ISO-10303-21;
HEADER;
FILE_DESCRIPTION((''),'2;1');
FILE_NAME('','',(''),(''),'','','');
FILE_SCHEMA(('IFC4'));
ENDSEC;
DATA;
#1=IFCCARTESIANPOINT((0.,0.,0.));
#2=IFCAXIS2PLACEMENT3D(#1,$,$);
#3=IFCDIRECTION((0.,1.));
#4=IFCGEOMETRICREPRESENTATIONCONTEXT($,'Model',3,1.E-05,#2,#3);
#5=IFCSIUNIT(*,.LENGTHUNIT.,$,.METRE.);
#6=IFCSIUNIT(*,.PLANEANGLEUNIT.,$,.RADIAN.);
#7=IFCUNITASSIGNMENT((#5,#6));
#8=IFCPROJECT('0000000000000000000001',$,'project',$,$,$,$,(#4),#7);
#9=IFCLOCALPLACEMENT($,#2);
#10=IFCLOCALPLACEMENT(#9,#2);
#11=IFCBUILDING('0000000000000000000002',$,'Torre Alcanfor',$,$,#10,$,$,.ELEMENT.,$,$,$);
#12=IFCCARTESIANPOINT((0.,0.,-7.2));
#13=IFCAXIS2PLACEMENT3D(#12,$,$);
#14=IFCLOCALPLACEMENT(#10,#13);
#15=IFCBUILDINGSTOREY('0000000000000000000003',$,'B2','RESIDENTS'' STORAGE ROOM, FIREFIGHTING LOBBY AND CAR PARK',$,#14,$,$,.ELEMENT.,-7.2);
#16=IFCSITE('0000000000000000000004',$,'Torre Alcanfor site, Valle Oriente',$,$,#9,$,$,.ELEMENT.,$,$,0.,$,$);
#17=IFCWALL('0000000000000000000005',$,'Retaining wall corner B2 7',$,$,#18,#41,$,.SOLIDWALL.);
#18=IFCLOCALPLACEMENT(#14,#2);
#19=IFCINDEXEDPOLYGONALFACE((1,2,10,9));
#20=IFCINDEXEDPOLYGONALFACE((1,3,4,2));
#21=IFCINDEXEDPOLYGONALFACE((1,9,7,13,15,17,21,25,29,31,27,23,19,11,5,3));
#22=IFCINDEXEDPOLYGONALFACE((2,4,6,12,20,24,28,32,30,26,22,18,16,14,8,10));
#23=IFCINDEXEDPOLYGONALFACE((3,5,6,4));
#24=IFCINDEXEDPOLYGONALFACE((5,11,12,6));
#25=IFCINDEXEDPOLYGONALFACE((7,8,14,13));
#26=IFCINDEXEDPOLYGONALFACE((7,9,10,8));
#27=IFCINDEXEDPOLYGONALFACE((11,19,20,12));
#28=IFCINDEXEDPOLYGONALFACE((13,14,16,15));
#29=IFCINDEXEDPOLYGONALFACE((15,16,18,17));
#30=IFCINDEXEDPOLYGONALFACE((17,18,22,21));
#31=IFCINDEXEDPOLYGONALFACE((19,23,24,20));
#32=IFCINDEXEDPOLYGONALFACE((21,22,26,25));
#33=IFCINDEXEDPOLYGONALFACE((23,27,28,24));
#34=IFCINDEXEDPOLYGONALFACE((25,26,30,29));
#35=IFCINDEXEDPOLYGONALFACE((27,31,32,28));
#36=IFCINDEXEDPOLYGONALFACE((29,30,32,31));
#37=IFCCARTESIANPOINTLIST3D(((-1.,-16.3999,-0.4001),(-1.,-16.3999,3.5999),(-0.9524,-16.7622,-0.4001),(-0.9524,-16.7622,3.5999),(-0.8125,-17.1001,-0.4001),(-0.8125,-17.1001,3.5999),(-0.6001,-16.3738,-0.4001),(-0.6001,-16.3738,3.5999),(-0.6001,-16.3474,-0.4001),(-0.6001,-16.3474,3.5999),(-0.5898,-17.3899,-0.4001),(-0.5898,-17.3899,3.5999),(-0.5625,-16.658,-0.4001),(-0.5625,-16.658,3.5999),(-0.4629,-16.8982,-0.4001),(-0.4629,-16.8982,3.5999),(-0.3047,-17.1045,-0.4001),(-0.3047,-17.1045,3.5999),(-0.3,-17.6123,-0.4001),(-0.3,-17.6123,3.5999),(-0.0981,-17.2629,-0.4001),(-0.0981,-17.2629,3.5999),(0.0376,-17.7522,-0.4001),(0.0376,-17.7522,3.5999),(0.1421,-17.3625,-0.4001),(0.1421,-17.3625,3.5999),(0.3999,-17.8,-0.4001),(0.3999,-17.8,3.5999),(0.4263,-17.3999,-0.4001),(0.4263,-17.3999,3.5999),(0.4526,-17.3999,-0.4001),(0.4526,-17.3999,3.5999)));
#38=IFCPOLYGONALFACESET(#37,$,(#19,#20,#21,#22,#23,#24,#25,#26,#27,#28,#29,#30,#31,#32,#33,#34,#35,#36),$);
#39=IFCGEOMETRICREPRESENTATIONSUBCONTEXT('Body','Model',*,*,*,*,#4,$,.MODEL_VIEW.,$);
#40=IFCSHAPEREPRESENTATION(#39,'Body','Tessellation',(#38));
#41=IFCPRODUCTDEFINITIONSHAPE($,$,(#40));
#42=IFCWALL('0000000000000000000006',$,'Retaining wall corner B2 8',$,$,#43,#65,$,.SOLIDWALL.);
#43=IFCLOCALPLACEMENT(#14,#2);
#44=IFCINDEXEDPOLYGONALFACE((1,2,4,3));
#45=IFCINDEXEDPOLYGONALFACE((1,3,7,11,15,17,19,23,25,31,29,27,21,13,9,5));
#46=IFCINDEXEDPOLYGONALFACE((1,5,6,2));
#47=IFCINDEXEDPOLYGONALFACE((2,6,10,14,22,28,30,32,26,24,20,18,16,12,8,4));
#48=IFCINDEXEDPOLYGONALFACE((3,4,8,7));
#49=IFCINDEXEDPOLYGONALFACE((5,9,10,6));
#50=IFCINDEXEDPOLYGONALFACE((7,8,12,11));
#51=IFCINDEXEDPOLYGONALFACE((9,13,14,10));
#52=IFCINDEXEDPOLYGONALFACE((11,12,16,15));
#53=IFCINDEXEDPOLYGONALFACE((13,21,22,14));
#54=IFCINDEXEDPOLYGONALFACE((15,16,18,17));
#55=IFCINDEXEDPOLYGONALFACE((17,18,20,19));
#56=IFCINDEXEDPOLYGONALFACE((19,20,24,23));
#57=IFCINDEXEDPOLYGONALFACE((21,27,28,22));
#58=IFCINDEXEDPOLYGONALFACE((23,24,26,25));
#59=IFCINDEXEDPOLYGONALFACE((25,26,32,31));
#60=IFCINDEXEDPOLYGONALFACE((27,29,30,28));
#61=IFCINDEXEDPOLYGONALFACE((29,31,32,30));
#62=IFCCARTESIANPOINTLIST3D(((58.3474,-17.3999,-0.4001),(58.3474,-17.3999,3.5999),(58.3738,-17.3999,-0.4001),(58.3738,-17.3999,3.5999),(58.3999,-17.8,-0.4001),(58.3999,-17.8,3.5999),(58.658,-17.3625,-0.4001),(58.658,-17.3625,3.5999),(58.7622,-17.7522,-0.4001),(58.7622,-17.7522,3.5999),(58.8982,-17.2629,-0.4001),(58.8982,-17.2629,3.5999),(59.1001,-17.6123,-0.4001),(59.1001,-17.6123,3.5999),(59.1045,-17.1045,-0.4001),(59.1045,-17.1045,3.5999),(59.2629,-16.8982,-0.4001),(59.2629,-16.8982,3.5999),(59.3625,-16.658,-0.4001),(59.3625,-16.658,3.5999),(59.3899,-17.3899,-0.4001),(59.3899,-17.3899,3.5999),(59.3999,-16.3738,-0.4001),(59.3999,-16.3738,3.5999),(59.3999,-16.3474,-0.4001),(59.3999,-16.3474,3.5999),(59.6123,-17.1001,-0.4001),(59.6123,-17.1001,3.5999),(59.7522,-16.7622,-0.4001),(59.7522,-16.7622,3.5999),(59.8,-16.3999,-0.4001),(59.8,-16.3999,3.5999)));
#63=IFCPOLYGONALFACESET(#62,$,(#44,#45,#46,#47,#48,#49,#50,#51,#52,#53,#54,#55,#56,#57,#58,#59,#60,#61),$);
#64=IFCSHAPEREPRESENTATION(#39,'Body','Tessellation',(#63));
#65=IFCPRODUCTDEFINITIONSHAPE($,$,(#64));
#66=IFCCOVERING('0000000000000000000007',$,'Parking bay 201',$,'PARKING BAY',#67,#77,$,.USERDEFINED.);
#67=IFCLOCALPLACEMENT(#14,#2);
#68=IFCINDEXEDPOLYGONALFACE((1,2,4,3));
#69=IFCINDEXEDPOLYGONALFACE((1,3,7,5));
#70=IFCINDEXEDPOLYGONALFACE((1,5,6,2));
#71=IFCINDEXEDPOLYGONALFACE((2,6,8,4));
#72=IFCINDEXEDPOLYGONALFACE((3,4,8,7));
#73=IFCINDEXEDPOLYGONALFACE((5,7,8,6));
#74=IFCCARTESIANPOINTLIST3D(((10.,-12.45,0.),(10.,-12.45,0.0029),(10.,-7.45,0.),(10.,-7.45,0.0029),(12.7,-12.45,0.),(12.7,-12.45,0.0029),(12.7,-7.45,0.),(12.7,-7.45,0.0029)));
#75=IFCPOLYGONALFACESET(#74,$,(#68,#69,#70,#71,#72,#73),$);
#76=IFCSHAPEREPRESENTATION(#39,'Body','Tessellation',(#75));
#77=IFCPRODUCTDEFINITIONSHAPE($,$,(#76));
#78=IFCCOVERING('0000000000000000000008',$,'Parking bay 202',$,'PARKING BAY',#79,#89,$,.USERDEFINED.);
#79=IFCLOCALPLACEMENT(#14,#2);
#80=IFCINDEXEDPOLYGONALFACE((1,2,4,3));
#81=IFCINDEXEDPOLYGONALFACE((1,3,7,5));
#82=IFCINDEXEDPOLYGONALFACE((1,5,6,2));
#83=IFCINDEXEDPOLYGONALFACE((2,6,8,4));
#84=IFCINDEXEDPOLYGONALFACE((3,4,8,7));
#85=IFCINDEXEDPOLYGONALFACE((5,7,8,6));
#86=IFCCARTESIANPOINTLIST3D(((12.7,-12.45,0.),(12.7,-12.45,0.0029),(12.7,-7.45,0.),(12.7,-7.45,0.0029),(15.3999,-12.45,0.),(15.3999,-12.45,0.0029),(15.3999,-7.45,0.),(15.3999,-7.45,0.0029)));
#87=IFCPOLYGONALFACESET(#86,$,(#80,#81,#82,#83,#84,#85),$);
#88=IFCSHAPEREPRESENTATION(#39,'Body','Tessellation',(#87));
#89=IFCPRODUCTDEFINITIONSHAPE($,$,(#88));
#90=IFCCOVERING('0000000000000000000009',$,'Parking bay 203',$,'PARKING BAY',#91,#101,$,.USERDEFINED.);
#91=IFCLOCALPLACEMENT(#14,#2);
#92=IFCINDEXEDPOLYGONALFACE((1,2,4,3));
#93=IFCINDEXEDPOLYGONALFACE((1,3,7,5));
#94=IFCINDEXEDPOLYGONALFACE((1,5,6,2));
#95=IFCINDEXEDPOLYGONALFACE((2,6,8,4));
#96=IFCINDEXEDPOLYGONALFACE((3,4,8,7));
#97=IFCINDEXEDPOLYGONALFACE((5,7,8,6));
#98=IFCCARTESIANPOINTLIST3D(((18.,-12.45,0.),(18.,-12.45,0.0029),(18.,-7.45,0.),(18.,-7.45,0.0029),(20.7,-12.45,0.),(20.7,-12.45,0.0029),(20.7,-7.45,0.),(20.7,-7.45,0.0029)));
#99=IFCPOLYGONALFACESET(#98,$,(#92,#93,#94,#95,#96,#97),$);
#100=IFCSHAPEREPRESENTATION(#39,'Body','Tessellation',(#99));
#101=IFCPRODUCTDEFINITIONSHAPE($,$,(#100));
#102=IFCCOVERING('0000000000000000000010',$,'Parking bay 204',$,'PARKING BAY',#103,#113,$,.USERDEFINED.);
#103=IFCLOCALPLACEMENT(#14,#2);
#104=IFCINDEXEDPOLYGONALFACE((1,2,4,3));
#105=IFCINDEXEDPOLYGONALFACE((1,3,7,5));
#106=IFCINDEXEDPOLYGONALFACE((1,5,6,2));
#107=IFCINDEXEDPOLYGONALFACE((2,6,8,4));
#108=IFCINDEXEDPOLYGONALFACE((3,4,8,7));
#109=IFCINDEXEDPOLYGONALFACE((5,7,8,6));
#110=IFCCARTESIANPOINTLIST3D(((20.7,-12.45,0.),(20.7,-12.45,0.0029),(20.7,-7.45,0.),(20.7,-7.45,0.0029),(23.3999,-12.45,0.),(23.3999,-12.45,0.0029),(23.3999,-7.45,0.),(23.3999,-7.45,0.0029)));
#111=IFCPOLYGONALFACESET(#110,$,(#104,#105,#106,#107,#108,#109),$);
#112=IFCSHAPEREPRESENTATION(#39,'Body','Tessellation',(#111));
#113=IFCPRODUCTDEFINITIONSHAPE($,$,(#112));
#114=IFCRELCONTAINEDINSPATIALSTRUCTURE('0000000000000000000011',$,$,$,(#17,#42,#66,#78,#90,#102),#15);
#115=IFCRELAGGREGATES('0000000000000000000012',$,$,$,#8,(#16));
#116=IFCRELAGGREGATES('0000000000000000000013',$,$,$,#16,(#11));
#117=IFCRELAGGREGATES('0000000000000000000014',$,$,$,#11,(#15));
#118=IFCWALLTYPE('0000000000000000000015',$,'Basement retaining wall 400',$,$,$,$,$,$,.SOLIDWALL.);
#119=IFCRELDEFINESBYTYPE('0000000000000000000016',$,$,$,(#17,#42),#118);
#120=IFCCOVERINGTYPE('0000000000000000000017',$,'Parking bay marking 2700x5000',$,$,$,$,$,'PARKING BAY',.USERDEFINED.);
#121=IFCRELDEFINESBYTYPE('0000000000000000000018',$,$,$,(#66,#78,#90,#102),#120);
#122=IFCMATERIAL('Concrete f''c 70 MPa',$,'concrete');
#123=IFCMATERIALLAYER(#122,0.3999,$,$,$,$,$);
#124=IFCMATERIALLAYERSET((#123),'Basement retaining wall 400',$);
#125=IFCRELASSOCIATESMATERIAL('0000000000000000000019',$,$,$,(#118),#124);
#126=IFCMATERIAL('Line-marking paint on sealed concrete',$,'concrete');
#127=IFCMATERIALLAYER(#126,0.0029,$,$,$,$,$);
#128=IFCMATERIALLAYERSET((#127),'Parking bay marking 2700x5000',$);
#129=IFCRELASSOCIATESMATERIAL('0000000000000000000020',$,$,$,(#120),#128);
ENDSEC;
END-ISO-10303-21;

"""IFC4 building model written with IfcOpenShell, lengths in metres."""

from ifc_helpers import new_model, si_unit, direction, frame, origin, place, context, subcontext, project, spatial, polyline, outline, extrude, material, layer, layer_set, type_object, element, save


model = new_model("IFC4")

# Units and contexts
model_context = context("Model", 3, precision=1e-05, world=origin(), true_north=direction((0.0, 1.0)))
body_context = subcontext(model_context, "Body", "Model", "MODEL_VIEW")
ifc_project = project(units=[si_unit("LENGTHUNIT", "METRE"), si_unit("PLANEANGLEUNIT", "RADIAN")], contexts=[model_context])

# Site, building, storey
site_placement = place(None, origin())
site = spatial("IfcSite", under=ifc_project, at=site_placement, Name="Torre Alcanfor site, Valle Oriente", CompositionType="ELEMENT", RefElevation=0.0)
building_placement = place(site_placement, origin())
building = spatial("IfcBuilding", under=site, at=building_placement, Name="Torre Alcanfor", CompositionType="ELEMENT")
storey_placement = place(building_placement, frame((0.0, 0.0, -7.2)))
storey = spatial("IfcBuildingStorey", under=building, at=storey_placement, Name="B2", Description="RESIDENTS' STORAGE ROOM, FIREFIGHTING LOBBY AND CAR PARK", CompositionType="ELEMENT", Elevation=-7.2)

# Walls
ifc_material_1 = material(Name="Concrete f'c 70 MPa", Category="concrete")
ifc_layer_1 = layer(ifc_material_1, 0.3999)
ifc_layer_set_1 = layer_set([ifc_layer_1], Name="Basement retaining wall 400")
wall_type = type_object("IfcWallType", Name="Basement retaining wall 400", PredefinedType="SOLIDWALL", material=ifc_layer_set_1)
wall_1_placement = place(storey_placement, frame((0.0, 0.0, -0.4001)))
element("IfcWall", 1, at=wall_1_placement, inside=storey, type_object=wall_type, Name="Retaining wall corner B2 7", PredefinedType="SOLIDWALL", context=body_context, shape_type="SweptSolid", body=[
    extrude(outline(polyline([(0.3999, -17.8), (0.4526, -17.3999), (0.4263, -17.3999), (0.1421, -17.3625), (-0.0981, -17.2629), (-0.3047, -17.1045), (-0.4629, -16.8982), (-0.5625, -16.658), (-0.6001, -16.3738), (-0.6001, -16.3474), (-1.0, -16.3999), (-0.9524, -16.7622), (-0.8125, -17.1001), (-0.5898, -17.3899), (-0.3, -17.6123), (0.0376, -17.7522), (0.3999, -17.8)])), origin(), (0.0, 0.0, 1.0), 4.0),
])
wall_2_placement = place(storey_placement, frame((0.0, 0.0, -0.4001)))
element("IfcWall", 2, at=wall_2_placement, inside=storey, type_object=wall_type, Name="Retaining wall corner B2 8", PredefinedType="SOLIDWALL", context=body_context, shape_type="SweptSolid", body=[
    extrude(outline(polyline([(59.8, -16.3999), (59.3999, -16.3474), (59.3999, -16.3738), (59.3625, -16.658), (59.2629, -16.8982), (59.1045, -17.1045), (58.8982, -17.2629), (58.658, -17.3625), (58.3738, -17.3999), (58.3474, -17.3999), (58.3999, -17.8), (58.7622, -17.7522), (59.1001, -17.6123), (59.3899, -17.3899), (59.6123, -17.1001), (59.7522, -16.7622), (59.8, -16.3999)])), origin(), (0.0, 0.0, 1.0), 4.0),
])

# Coverings
ifc_material_2 = material(Name="Line-marking paint on sealed concrete", Category="concrete")
ifc_layer_2 = layer(ifc_material_2, 0.0029)
ifc_layer_set_2 = layer_set([ifc_layer_2], Name="Parking bay marking 2700x5000")
covering_type = type_object("IfcCoveringType", Name="Parking bay marking 2700x5000", ElementType="PARKING BAY", PredefinedType="USERDEFINED", material=ifc_layer_set_2)
covering_1_placement = place(storey_placement, origin())
element("IfcCovering", 3, at=covering_1_placement, inside=storey, type_object=covering_type, Name="Parking bay 201", ObjectType="PARKING BAY", PredefinedType="USERDEFINED", context=body_context, shape_type="SweptSolid", body=[
    extrude(outline(polyline([(10.0, -12.45), (12.7, -12.45), (12.7, -7.45), (10.0, -7.45), (10.0, -12.45)])), origin(), (0.0, 0.0, 1.0), 0.0029),
])
covering_2_placement = place(storey_placement, origin())
element("IfcCovering", 4, at=covering_2_placement, inside=storey, type_object=covering_type, Name="Parking bay 202", ObjectType="PARKING BAY", PredefinedType="USERDEFINED", context=body_context, shape_type="SweptSolid", body=[
    extrude(outline(polyline([(12.7, -12.45), (15.3999, -12.45), (15.3999, -7.45), (12.7, -7.45), (12.7, -12.45)])), origin(), (0.0, 0.0, 1.0), 0.0029),
])
covering_3_placement = place(storey_placement, origin())
element("IfcCovering", 5, at=covering_3_placement, inside=storey, type_object=covering_type, Name="Parking bay 203", ObjectType="PARKING BAY", PredefinedType="USERDEFINED", context=body_context, shape_type="SweptSolid", body=[
    extrude(outline(polyline([(18.0, -12.45), (20.7, -12.45), (20.7, -7.45), (18.0, -7.45), (18.0, -12.45)])), origin(), (0.0, 0.0, 1.0), 0.0029),
])
covering_4_placement = place(storey_placement, origin())
element("IfcCovering", 6, at=covering_4_placement, inside=storey, type_object=covering_type, Name="Parking bay 204", ObjectType="PARKING BAY", PredefinedType="USERDEFINED", context=body_context, shape_type="SweptSolid", body=[
    extrude(outline(polyline([(20.7, -12.45), (23.3999, -12.45), (23.3999, -7.45), (20.7, -7.45), (20.7, -12.45)])), origin(), (0.0, 0.0, 1.0), 0.0029),
])

save(model, "model.ifc")
